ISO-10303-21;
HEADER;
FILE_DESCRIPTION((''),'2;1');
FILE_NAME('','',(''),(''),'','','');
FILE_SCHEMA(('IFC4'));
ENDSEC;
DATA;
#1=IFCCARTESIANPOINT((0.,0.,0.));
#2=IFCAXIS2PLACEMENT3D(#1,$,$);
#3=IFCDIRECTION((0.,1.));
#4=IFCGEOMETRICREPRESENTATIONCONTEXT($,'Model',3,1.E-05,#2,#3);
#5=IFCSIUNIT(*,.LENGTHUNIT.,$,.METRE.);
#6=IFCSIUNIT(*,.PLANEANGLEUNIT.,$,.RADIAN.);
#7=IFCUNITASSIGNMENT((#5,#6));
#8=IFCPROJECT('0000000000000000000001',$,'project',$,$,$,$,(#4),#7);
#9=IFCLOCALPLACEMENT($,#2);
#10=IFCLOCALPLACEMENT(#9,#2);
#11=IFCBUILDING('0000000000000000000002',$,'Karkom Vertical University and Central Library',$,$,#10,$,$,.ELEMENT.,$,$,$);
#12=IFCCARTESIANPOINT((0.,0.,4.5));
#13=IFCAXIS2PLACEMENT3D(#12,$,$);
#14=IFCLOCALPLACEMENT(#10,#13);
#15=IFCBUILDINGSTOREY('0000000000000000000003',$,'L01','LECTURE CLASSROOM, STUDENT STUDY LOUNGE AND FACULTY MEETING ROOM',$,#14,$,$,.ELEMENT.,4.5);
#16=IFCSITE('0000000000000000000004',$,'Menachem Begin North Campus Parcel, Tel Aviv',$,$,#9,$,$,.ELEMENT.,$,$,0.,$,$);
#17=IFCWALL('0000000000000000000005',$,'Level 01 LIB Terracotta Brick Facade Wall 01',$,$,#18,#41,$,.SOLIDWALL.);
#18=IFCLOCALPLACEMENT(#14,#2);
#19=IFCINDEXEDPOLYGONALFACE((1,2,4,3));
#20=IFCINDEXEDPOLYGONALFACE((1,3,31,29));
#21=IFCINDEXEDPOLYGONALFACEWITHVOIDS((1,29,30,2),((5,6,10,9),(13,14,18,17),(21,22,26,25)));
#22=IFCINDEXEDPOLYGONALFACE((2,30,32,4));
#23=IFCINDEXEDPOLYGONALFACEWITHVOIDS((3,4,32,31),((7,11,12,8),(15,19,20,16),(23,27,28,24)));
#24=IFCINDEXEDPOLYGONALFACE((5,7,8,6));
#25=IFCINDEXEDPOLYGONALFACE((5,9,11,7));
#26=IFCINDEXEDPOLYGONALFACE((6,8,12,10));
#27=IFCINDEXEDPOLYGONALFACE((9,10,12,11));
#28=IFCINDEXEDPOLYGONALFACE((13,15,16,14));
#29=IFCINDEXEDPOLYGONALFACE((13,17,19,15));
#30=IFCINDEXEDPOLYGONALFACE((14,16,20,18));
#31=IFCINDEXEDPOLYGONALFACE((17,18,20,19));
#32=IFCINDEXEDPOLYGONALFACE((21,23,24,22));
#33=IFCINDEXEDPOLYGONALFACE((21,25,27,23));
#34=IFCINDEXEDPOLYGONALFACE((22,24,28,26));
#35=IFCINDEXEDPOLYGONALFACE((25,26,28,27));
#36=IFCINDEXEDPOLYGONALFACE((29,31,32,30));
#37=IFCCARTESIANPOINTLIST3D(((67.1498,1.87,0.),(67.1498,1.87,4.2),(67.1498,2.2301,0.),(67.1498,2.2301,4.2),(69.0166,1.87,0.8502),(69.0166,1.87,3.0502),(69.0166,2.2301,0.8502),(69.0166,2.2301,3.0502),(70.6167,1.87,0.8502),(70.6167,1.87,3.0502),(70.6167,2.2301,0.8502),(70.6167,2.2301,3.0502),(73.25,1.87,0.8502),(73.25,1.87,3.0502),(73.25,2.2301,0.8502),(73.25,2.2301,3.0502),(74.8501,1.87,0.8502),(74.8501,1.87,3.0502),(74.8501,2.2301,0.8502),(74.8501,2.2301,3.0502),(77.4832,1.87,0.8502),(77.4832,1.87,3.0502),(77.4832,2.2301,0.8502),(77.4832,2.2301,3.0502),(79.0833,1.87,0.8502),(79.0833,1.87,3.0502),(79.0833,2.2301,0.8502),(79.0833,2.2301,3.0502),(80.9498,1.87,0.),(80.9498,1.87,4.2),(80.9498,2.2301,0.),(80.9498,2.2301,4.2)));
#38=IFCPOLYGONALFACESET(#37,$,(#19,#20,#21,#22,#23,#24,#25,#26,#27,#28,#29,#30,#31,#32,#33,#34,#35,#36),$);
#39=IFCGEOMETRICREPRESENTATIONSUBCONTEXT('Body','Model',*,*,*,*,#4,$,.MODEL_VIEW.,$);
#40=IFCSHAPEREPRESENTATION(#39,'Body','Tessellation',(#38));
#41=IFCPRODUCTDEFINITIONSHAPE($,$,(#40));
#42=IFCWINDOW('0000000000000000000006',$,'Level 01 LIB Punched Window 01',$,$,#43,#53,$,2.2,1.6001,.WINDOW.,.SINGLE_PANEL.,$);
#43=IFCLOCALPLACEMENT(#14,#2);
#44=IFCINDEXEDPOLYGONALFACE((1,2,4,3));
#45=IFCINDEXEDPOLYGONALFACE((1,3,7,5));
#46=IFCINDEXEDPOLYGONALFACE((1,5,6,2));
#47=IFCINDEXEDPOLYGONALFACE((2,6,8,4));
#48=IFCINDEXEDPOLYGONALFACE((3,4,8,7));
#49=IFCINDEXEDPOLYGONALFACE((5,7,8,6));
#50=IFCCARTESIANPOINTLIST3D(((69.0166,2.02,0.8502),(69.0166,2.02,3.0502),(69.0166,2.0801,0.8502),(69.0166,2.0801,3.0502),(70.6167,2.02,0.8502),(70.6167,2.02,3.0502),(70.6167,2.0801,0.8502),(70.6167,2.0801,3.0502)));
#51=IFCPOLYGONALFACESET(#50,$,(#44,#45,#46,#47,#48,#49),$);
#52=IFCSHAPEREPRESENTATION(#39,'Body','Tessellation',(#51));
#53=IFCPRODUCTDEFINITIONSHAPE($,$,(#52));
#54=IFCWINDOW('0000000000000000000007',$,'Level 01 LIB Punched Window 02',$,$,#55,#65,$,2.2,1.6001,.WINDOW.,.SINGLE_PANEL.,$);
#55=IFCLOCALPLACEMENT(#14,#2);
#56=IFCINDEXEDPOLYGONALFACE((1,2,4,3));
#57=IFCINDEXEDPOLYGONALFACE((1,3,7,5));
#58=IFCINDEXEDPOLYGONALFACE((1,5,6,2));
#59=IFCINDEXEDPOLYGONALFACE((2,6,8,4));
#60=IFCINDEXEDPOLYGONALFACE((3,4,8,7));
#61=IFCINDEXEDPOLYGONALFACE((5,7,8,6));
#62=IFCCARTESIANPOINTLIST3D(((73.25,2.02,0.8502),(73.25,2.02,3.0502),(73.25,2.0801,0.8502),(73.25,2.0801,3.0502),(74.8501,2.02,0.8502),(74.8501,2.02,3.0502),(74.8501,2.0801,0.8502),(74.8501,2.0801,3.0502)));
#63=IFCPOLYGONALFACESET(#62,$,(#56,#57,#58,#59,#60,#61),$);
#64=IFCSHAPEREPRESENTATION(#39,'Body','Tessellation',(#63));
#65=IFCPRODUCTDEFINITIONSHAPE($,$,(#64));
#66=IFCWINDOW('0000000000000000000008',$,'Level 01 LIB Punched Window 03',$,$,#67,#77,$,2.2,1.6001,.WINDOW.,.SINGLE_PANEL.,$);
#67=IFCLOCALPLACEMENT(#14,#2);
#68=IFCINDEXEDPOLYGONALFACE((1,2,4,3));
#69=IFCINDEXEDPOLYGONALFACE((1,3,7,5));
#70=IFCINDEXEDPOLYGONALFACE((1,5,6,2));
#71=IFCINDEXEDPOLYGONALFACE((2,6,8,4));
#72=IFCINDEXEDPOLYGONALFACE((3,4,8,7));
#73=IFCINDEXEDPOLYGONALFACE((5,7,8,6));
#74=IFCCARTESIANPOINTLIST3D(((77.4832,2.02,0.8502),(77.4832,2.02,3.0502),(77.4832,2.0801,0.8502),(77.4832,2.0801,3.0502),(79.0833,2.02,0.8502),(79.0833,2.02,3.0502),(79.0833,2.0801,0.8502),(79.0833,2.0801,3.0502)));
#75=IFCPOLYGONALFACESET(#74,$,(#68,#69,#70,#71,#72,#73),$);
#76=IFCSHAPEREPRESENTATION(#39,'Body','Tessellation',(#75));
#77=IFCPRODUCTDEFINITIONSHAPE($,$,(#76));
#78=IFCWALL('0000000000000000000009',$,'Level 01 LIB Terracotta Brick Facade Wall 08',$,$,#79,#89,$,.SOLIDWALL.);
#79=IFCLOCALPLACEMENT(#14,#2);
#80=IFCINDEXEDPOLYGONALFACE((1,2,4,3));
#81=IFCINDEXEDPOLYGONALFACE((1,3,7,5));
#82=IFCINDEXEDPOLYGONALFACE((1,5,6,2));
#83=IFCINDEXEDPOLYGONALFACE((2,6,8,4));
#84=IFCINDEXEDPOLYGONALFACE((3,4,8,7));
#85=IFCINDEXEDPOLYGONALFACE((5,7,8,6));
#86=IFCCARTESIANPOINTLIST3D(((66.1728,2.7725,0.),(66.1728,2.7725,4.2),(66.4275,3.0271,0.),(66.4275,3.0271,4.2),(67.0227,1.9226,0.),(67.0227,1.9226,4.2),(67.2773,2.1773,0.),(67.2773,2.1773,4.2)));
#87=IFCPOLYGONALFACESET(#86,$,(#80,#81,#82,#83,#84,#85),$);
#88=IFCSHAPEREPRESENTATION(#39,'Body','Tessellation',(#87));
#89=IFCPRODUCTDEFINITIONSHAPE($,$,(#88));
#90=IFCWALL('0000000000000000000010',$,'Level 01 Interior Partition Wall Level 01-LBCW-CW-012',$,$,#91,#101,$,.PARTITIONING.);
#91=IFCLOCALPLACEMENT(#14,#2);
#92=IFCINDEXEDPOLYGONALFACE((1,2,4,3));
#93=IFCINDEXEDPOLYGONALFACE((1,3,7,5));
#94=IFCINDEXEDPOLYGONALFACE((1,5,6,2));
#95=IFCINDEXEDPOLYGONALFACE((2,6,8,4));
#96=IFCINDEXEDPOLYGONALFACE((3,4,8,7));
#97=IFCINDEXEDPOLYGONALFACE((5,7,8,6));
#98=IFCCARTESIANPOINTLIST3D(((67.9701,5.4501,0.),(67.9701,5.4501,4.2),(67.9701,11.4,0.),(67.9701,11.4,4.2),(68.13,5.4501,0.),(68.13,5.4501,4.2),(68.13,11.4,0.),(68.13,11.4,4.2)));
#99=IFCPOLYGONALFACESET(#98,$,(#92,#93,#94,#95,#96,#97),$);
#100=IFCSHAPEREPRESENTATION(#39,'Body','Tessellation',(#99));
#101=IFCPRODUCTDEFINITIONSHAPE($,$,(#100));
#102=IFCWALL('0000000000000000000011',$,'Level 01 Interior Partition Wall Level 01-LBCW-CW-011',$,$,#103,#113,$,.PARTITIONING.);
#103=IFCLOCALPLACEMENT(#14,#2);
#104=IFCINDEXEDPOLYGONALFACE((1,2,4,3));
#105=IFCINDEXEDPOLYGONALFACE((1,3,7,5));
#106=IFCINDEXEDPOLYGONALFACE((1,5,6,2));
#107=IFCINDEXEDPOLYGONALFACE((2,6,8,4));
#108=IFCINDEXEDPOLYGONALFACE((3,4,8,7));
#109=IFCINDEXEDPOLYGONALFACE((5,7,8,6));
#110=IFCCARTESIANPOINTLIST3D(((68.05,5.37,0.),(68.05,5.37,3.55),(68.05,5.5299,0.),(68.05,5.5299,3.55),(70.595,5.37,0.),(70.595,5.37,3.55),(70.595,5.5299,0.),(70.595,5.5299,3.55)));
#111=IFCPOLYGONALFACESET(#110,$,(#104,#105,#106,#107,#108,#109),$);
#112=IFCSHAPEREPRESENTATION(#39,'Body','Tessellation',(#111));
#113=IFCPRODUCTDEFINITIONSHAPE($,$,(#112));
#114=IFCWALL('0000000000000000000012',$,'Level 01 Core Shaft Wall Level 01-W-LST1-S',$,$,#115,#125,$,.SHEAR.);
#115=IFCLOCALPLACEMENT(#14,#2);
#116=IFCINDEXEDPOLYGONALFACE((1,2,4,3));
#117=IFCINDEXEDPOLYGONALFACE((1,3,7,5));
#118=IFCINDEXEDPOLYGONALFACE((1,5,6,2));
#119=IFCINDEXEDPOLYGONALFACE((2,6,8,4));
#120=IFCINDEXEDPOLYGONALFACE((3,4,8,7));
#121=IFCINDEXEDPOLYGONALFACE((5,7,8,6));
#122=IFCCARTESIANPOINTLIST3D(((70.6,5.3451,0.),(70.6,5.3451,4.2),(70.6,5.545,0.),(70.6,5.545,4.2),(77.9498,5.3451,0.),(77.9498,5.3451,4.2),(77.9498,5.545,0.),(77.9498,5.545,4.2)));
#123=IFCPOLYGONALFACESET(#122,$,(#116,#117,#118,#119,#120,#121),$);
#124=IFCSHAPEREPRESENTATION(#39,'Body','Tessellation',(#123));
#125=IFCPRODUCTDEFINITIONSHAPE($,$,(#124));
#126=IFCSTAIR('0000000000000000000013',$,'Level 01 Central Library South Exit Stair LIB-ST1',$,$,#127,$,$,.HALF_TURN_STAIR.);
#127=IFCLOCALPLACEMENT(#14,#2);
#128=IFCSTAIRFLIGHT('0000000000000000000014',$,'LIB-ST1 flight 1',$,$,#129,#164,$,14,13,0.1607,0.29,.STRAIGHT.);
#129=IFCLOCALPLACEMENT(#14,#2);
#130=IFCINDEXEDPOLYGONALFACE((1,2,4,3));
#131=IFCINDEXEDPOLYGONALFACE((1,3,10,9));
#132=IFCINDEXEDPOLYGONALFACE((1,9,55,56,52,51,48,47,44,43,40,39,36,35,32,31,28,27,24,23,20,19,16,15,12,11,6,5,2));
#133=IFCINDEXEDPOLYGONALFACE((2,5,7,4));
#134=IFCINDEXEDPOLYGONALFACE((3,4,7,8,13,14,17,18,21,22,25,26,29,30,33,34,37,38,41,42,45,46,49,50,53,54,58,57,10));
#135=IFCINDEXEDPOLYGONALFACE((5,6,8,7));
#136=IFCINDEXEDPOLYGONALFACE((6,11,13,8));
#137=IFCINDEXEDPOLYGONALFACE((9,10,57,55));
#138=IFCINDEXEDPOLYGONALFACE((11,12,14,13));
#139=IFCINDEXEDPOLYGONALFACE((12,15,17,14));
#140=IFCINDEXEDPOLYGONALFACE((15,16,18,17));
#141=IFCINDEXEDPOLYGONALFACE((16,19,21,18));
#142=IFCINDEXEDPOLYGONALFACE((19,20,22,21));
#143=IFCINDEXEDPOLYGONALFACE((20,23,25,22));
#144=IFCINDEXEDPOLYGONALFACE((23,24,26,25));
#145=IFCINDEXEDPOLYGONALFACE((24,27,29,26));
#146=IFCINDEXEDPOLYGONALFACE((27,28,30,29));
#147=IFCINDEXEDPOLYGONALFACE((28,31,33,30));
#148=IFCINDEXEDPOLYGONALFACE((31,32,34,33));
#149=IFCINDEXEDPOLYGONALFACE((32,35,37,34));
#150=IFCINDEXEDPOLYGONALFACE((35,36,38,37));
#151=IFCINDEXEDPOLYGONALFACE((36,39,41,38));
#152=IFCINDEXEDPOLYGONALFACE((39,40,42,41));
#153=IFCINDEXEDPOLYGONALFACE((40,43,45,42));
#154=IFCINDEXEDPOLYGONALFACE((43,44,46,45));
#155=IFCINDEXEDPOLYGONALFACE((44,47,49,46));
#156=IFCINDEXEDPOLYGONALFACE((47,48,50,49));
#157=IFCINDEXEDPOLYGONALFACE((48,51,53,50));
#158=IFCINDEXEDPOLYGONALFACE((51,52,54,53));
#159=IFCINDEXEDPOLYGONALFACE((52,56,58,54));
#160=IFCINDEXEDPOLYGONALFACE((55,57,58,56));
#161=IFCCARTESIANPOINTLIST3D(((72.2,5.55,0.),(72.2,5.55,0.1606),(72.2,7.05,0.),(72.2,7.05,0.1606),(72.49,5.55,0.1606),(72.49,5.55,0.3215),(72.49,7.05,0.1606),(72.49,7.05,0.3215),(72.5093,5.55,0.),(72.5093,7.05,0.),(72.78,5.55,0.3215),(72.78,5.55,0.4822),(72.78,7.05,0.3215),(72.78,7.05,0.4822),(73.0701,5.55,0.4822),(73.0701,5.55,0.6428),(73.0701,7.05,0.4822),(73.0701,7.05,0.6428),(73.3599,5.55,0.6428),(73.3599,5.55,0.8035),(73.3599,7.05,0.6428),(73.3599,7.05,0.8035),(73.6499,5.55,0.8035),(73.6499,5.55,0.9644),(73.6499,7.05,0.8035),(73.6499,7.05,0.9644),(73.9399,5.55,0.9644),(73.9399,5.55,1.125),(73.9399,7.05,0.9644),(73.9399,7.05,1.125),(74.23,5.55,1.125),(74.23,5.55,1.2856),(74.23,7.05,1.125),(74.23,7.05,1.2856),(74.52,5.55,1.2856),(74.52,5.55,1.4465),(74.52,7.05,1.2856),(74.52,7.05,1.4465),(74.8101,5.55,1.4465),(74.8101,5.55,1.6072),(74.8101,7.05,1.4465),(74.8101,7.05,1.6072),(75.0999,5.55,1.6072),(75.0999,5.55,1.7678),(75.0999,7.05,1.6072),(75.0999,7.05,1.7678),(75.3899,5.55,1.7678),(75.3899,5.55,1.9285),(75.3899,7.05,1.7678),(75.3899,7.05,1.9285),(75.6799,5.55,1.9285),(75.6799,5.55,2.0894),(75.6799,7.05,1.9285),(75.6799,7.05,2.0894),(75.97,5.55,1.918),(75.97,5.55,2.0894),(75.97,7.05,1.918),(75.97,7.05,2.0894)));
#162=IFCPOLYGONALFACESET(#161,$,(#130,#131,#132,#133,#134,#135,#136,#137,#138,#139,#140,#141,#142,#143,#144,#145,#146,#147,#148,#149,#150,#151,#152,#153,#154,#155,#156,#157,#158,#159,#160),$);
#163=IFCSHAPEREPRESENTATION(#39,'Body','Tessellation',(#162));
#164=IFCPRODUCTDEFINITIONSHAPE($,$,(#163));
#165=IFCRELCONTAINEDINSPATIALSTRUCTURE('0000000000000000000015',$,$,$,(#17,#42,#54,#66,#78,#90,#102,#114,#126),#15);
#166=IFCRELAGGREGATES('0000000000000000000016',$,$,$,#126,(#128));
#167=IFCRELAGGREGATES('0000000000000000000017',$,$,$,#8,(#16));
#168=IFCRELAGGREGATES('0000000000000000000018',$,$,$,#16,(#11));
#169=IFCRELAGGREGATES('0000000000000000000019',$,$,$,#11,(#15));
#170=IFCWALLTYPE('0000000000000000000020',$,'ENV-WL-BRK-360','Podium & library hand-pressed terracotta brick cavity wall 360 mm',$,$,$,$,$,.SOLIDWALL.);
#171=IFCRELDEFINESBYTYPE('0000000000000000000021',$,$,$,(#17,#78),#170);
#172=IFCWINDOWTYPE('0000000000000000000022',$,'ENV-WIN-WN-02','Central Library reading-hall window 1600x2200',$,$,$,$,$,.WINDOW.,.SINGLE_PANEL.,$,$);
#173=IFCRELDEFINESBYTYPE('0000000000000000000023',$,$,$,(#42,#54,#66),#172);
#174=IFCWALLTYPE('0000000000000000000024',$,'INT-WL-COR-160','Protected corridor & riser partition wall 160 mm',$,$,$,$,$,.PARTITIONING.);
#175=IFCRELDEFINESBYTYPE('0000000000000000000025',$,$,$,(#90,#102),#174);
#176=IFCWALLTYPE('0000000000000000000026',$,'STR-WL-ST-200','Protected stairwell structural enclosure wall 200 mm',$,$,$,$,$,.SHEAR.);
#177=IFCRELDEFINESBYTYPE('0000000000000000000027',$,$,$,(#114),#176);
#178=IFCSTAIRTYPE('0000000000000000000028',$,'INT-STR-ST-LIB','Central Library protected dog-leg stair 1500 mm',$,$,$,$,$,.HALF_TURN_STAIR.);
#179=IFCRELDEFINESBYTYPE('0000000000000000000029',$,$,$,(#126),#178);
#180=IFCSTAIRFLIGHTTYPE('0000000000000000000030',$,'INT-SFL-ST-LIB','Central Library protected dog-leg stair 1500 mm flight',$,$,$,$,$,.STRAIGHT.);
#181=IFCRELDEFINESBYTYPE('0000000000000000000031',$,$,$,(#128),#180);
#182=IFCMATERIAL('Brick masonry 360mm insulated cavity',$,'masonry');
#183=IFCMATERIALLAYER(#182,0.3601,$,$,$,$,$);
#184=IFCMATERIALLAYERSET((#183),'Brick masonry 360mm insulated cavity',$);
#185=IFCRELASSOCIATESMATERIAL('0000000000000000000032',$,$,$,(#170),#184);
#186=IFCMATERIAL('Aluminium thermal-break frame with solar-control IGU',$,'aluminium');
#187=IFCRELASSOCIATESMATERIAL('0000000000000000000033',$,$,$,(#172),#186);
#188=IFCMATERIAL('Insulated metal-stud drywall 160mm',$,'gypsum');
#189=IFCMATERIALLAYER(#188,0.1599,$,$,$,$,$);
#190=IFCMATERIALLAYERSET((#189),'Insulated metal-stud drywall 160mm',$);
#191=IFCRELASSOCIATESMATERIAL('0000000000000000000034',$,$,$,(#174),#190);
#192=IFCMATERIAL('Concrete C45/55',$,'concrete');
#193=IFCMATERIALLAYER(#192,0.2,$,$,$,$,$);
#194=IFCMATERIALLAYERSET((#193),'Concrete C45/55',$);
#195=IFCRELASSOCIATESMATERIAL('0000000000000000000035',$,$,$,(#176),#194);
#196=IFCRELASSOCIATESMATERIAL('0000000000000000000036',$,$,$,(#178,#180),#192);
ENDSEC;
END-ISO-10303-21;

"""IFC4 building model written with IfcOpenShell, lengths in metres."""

from ifc_helpers import new_model, si_unit, direction, frame, frame_2d, origin, origin_with_axes, place, context, subcontext, project, spatial, polyline, rectangle, outline, extrude, source, transform, mapped, material, layer, layer_set, type_object, element, fill, aggregate, save


model = new_model("IFC4")

# Units and contexts
model_context = context("Model", 3, precision=1e-05, world=origin(), true_north=direction((0.0, 1.0)))
body_context = subcontext(model_context, "Body", "Model", "MODEL_VIEW")
ifc_project = project(units=[si_unit("LENGTHUNIT", "METRE"), si_unit("PLANEANGLEUNIT", "RADIAN")], contexts=[model_context])

# Site, building, storey
site_placement = place(None, origin())
site = spatial("IfcSite", under=ifc_project, at=site_placement, Name="Menachem Begin North Campus Parcel, Tel Aviv", CompositionType="ELEMENT", RefElevation=0.0)
building_placement = place(site_placement, origin())
building = spatial("IfcBuilding", under=site, at=building_placement, Name="Karkom Vertical University and Central Library", CompositionType="ELEMENT")
storey_placement = place(building_placement, frame((0.0, 0.0, 4.5)))
storey = spatial("IfcBuildingStorey", under=building, at=storey_placement, Name="L01", Description="LECTURE CLASSROOM, STUDENT STUDY LOUNGE AND FACULTY MEETING ROOM", CompositionType="ELEMENT", Elevation=4.5)

# Wall, openings, windows
ifc_material_1 = material(Name="Brick masonry 360mm insulated cavity", Category="masonry")
ifc_layer_1 = layer(ifc_material_1, 0.3601)
ifc_layer_set_1 = layer_set([ifc_layer_1], Name="Brick masonry 360mm insulated cavity")
wall_type_1 = type_object("IfcWallType", Name="ENV-WL-BRK-360", Description="Podium & library hand-pressed terracotta brick cavity wall 360 mm", PredefinedType="SOLIDWALL", material=ifc_layer_set_1)
wall_1_placement = place(storey_placement, frame((67.1499, 2.05, 0.0), z_axis=(0.0, 0.0, 1.0), x_axis=(1.0, 0.0, 0.0)))
wall_1 = element("IfcWall", 1, at=wall_1_placement, inside=storey, type_object=wall_type_1, Name="Level 01 LIB Terracotta Brick Facade Wall 01", PredefinedType="SOLIDWALL", context=body_context, shape_type="SweptSolid", body=[
    extrude(rectangle(XDim=13.8, YDim=0.3601, at=frame_2d((6.8999, 0.0))), origin(), (0.0, 0.0, 1.0), 4.2),
])
opening_1_placement = place(wall_1_placement, frame((1.8667, 0.0, 0.8501)))
opening_1 = element("IfcOpeningElement", 2, at=opening_1_placement, cuts=wall_1, PredefinedType="OPENING", context=body_context, shape_type="SweptSolid", body=[
    extrude(rectangle(XDim=1.6001, YDim=2.2, at=frame_2d((0.8, 1.1001))), frame((0.0, 0.1899, 0.0), z_axis=(0.0, -1.0, 0.0), x_axis=(1.0, 0.0, 0.0)), (0.0, 0.0, 1.0), 0.3801),
])
opening_2_placement = place(wall_1_placement, frame((6.1001, 0.0, 0.8501)))
opening_2 = element("IfcOpeningElement", 3, at=opening_2_placement, cuts=wall_1, PredefinedType="OPENING", context=body_context, shape_type="SweptSolid", body=[
    extrude(rectangle(XDim=1.6001, YDim=2.2, at=frame_2d((0.8, 1.1001))), frame((0.0, 0.1899, 0.0), z_axis=(0.0, -1.0, 0.0), x_axis=(1.0, 0.0, 0.0)), (0.0, 0.0, 1.0), 0.3801),
])
opening_3_placement = place(wall_1_placement, frame((10.3333, 0.0, 0.8501)))
opening_3 = element("IfcOpeningElement", 4, at=opening_3_placement, cuts=wall_1, PredefinedType="OPENING", context=body_context, shape_type="SweptSolid", body=[
    extrude(rectangle(XDim=1.6001, YDim=2.2, at=frame_2d((0.8, 1.1001))), frame((0.0, 0.1899, 0.0), z_axis=(0.0, -1.0, 0.0), x_axis=(1.0, 0.0, 0.0)), (0.0, 0.0, 1.0), 0.3801),
])
ifc_material_2 = material(Name="Aluminium thermal-break frame with solar-control IGU", Category="aluminium")
window_type = type_object("IfcWindowType", Name="ENV-WIN-WN-02", Description="Central Library reading-hall window 1600x2200", PartitioningType="SINGLE_PANEL", PredefinedType="WINDOW", material=ifc_material_2)
shared_shape_1 = source(origin_with_axes(), body_context, "Body", "SweptSolid", [
    extrude(rectangle(XDim=1.6001, YDim=2.2, at=frame_2d((0.8, 1.1001))), frame((0.0, 0.03, 0.0), z_axis=(0.0, -1.0, 0.0), x_axis=(1.0, 0.0, 0.0)), (0.0, 0.0, 1.0), 0.0601),
])
window_1_placement = place(opening_1_placement, origin())
window_1 = element("IfcWindow", 5, at=window_1_placement, inside=storey, type_object=window_type, Name="Level 01 LIB Punched Window 01", OverallHeight=2.2, OverallWidth=1.6001, PartitioningType="SINGLE_PANEL", PredefinedType="WINDOW", context=body_context, shape_type="MappedRepresentation", body=[
    mapped(shared_shape_1, transform((0.0, 0.0, 0.0), scale=1.0)),
])
fill(opening_1, window_1)
window_2_placement = place(opening_2_placement, origin())
window_2 = element("IfcWindow", 6, at=window_2_placement, inside=storey, type_object=window_type, Name="Level 01 LIB Punched Window 02", OverallHeight=2.2, OverallWidth=1.6001, PartitioningType="SINGLE_PANEL", PredefinedType="WINDOW", context=body_context, shape_type="MappedRepresentation", body=[
    mapped(shared_shape_1, transform((0.0, 0.0, 0.0), scale=1.0)),
])
fill(opening_2, window_2)
window_3_placement = place(opening_3_placement, origin())
window_3 = element("IfcWindow", 7, at=window_3_placement, inside=storey, type_object=window_type, Name="Level 01 LIB Punched Window 03", OverallHeight=2.2, OverallWidth=1.6001, PartitioningType="SINGLE_PANEL", PredefinedType="WINDOW", context=body_context, shape_type="MappedRepresentation", body=[
    mapped(shared_shape_1, transform((0.0, 0.0, 0.0), scale=1.0)),
])
fill(opening_3, window_3)

# Walls
wall_2_placement = place(storey_placement, frame((66.3, 2.8999, 0.0), z_axis=(0.0, 0.0, 1.0), x_axis=(0.707107, -0.707107, 0.0)))
element("IfcWall", 8, at=wall_2_placement, inside=storey, type_object=wall_type_1, Name="Level 01 LIB Terracotta Brick Facade Wall 08", PredefinedType="SOLIDWALL", context=body_context, shape_type="SweptSolid", body=[
    extrude(rectangle(XDim=1.2019, YDim=0.3601, at=frame_2d((0.6011, 0.0))), origin(), (0.0, 0.0, 1.0), 4.2),
])
ifc_material_3 = material(Name="Insulated metal-stud drywall 160mm", Category="gypsum")
ifc_layer_2 = layer(ifc_material_3, 0.1599)
ifc_layer_set_2 = layer_set([ifc_layer_2], Name="Insulated metal-stud drywall 160mm")
wall_type_2 = type_object("IfcWallType", Name="INT-WL-COR-160", Description="Protected corridor & riser partition wall 160 mm", PredefinedType="PARTITIONING", material=ifc_layer_set_2)
wall_3_placement = place(storey_placement, frame((68.05, 5.45, 0.0), z_axis=(0.0, 0.0, 1.0), x_axis=(0.0, 1.0, 0.0)))
element("IfcWall", 9, at=wall_3_placement, inside=storey, type_object=wall_type_2, Name="Level 01 Interior Partition Wall Level 01-LBCW-CW-012", PredefinedType="PARTITIONING", context=body_context, shape_type="SweptSolid", body=[
    extrude(rectangle(XDim=5.95, YDim=0.1599, at=frame_2d((2.9751, 0.0))), origin(), (0.0, 0.0, 1.0), 4.2),
])
wall_4_placement = place(storey_placement, frame((70.595, 5.45, 0.0), z_axis=(0.0, 0.0, 1.0), x_axis=(-1.0, 0.0, 0.0)))
element("IfcWall", 10, at=wall_4_placement, inside=storey, type_object=wall_type_2, Name="Level 01 Interior Partition Wall Level 01-LBCW-CW-011", PredefinedType="PARTITIONING", context=body_context, shape_type="SweptSolid", body=[
    extrude(rectangle(XDim=2.5449, YDim=0.1599, at=frame_2d((1.2725, 0.0))), origin(), (0.0, 0.0, 1.0), 3.55),
])
ifc_material_4 = material(Name="Concrete C45/55", Category="concrete")
ifc_layer_3 = layer(ifc_material_4, 0.2)
ifc_layer_set_3 = layer_set([ifc_layer_3], Name="Concrete C45/55")
wall_type_3 = type_object("IfcWallType", Name="STR-WL-ST-200", Description="Protected stairwell structural enclosure wall 200 mm", PredefinedType="SHEAR", material=ifc_layer_set_3)
wall_5_placement = place(storey_placement, frame((70.6001, 5.4451, 0.0), z_axis=(0.0, 0.0, 1.0), x_axis=(1.0, 0.0, 0.0)))
element("IfcWall", 11, at=wall_5_placement, inside=storey, type_object=wall_type_3, Name="Level 01 Core Shaft Wall Level 01-W-LST1-S", PredefinedType="SHEAR", context=body_context, shape_type="SweptSolid", body=[
    extrude(rectangle(XDim=7.3499, YDim=0.2, at=frame_2d((3.6748, 0.0))), origin(), (0.0, 0.0, 1.0), 4.2),
])

# Stair, stair flight
stair_type = type_object("IfcStairType", Name="INT-STR-ST-LIB", Description="Central Library protected dog-leg stair 1500 mm", PredefinedType="HALF_TURN_STAIR", material=ifc_material_4)
stair_placement = place(storey_placement, origin())
stair = element("IfcStair", 12, at=stair_placement, inside=storey, type_object=stair_type, Name="Level 01 Central Library South Exit Stair LIB-ST1", PredefinedType="HALF_TURN_STAIR")
stair_flight_type = type_object("IfcStairFlightType", Name="INT-SFL-ST-LIB", Description="Central Library protected dog-leg stair 1500 mm flight", PredefinedType="STRAIGHT", material=ifc_material_4)
stair_flight_placement = place(storey_placement, frame((72.2, 6.3, 0.0), z_axis=(0.0, 0.0, 1.0), x_axis=(1.0, 0.0, 0.0)))
stair_flight = element("IfcStairFlight", 13, at=stair_flight_placement, type_object=stair_flight_type, Name="LIB-ST1 flight 1", NumberOfRisers=14, NumberOfTreads=13, PredefinedType="STRAIGHT", RiserHeight=0.1607, TreadLength=0.29, context=body_context, shape_type="SweptSolid", body=[
    extrude(outline(polyline([(0.0, 0.0), (0.0, 0.1606), (0.29, 0.1606), (0.29, 0.3215), (0.5801, 0.3215), (0.5801, 0.4822), (0.8701, 0.4822), (0.8701, 0.6428), (1.1599, 0.6428), (1.1599, 0.8035), (1.45, 0.8035), (1.45, 0.9644), (1.74, 0.9644), (1.74, 1.125), (2.03, 1.125), (2.03, 1.2856), (2.3201, 1.2856), (2.3201, 1.4465), (2.6101, 1.4465), (2.6101, 1.6072), (2.8999, 1.6072), (2.8999, 1.7678), (3.1899, 1.7678), (3.1899, 1.9285), (3.48, 1.9285), (3.48, 2.0894), (3.77, 2.0894), (3.77, 2.25), (3.77, 1.918), (0.3093, 0.0), (0.0, 0.0)])), frame((0.0, 0.75, 0.0), z_axis=(0.0, -1.0, 0.0), x_axis=(1.0, 0.0, 0.0)), (0.0, 0.0, 1.0), 1.5),
])
aggregate(stair, [stair_flight])

save(model, "model.ifc")
